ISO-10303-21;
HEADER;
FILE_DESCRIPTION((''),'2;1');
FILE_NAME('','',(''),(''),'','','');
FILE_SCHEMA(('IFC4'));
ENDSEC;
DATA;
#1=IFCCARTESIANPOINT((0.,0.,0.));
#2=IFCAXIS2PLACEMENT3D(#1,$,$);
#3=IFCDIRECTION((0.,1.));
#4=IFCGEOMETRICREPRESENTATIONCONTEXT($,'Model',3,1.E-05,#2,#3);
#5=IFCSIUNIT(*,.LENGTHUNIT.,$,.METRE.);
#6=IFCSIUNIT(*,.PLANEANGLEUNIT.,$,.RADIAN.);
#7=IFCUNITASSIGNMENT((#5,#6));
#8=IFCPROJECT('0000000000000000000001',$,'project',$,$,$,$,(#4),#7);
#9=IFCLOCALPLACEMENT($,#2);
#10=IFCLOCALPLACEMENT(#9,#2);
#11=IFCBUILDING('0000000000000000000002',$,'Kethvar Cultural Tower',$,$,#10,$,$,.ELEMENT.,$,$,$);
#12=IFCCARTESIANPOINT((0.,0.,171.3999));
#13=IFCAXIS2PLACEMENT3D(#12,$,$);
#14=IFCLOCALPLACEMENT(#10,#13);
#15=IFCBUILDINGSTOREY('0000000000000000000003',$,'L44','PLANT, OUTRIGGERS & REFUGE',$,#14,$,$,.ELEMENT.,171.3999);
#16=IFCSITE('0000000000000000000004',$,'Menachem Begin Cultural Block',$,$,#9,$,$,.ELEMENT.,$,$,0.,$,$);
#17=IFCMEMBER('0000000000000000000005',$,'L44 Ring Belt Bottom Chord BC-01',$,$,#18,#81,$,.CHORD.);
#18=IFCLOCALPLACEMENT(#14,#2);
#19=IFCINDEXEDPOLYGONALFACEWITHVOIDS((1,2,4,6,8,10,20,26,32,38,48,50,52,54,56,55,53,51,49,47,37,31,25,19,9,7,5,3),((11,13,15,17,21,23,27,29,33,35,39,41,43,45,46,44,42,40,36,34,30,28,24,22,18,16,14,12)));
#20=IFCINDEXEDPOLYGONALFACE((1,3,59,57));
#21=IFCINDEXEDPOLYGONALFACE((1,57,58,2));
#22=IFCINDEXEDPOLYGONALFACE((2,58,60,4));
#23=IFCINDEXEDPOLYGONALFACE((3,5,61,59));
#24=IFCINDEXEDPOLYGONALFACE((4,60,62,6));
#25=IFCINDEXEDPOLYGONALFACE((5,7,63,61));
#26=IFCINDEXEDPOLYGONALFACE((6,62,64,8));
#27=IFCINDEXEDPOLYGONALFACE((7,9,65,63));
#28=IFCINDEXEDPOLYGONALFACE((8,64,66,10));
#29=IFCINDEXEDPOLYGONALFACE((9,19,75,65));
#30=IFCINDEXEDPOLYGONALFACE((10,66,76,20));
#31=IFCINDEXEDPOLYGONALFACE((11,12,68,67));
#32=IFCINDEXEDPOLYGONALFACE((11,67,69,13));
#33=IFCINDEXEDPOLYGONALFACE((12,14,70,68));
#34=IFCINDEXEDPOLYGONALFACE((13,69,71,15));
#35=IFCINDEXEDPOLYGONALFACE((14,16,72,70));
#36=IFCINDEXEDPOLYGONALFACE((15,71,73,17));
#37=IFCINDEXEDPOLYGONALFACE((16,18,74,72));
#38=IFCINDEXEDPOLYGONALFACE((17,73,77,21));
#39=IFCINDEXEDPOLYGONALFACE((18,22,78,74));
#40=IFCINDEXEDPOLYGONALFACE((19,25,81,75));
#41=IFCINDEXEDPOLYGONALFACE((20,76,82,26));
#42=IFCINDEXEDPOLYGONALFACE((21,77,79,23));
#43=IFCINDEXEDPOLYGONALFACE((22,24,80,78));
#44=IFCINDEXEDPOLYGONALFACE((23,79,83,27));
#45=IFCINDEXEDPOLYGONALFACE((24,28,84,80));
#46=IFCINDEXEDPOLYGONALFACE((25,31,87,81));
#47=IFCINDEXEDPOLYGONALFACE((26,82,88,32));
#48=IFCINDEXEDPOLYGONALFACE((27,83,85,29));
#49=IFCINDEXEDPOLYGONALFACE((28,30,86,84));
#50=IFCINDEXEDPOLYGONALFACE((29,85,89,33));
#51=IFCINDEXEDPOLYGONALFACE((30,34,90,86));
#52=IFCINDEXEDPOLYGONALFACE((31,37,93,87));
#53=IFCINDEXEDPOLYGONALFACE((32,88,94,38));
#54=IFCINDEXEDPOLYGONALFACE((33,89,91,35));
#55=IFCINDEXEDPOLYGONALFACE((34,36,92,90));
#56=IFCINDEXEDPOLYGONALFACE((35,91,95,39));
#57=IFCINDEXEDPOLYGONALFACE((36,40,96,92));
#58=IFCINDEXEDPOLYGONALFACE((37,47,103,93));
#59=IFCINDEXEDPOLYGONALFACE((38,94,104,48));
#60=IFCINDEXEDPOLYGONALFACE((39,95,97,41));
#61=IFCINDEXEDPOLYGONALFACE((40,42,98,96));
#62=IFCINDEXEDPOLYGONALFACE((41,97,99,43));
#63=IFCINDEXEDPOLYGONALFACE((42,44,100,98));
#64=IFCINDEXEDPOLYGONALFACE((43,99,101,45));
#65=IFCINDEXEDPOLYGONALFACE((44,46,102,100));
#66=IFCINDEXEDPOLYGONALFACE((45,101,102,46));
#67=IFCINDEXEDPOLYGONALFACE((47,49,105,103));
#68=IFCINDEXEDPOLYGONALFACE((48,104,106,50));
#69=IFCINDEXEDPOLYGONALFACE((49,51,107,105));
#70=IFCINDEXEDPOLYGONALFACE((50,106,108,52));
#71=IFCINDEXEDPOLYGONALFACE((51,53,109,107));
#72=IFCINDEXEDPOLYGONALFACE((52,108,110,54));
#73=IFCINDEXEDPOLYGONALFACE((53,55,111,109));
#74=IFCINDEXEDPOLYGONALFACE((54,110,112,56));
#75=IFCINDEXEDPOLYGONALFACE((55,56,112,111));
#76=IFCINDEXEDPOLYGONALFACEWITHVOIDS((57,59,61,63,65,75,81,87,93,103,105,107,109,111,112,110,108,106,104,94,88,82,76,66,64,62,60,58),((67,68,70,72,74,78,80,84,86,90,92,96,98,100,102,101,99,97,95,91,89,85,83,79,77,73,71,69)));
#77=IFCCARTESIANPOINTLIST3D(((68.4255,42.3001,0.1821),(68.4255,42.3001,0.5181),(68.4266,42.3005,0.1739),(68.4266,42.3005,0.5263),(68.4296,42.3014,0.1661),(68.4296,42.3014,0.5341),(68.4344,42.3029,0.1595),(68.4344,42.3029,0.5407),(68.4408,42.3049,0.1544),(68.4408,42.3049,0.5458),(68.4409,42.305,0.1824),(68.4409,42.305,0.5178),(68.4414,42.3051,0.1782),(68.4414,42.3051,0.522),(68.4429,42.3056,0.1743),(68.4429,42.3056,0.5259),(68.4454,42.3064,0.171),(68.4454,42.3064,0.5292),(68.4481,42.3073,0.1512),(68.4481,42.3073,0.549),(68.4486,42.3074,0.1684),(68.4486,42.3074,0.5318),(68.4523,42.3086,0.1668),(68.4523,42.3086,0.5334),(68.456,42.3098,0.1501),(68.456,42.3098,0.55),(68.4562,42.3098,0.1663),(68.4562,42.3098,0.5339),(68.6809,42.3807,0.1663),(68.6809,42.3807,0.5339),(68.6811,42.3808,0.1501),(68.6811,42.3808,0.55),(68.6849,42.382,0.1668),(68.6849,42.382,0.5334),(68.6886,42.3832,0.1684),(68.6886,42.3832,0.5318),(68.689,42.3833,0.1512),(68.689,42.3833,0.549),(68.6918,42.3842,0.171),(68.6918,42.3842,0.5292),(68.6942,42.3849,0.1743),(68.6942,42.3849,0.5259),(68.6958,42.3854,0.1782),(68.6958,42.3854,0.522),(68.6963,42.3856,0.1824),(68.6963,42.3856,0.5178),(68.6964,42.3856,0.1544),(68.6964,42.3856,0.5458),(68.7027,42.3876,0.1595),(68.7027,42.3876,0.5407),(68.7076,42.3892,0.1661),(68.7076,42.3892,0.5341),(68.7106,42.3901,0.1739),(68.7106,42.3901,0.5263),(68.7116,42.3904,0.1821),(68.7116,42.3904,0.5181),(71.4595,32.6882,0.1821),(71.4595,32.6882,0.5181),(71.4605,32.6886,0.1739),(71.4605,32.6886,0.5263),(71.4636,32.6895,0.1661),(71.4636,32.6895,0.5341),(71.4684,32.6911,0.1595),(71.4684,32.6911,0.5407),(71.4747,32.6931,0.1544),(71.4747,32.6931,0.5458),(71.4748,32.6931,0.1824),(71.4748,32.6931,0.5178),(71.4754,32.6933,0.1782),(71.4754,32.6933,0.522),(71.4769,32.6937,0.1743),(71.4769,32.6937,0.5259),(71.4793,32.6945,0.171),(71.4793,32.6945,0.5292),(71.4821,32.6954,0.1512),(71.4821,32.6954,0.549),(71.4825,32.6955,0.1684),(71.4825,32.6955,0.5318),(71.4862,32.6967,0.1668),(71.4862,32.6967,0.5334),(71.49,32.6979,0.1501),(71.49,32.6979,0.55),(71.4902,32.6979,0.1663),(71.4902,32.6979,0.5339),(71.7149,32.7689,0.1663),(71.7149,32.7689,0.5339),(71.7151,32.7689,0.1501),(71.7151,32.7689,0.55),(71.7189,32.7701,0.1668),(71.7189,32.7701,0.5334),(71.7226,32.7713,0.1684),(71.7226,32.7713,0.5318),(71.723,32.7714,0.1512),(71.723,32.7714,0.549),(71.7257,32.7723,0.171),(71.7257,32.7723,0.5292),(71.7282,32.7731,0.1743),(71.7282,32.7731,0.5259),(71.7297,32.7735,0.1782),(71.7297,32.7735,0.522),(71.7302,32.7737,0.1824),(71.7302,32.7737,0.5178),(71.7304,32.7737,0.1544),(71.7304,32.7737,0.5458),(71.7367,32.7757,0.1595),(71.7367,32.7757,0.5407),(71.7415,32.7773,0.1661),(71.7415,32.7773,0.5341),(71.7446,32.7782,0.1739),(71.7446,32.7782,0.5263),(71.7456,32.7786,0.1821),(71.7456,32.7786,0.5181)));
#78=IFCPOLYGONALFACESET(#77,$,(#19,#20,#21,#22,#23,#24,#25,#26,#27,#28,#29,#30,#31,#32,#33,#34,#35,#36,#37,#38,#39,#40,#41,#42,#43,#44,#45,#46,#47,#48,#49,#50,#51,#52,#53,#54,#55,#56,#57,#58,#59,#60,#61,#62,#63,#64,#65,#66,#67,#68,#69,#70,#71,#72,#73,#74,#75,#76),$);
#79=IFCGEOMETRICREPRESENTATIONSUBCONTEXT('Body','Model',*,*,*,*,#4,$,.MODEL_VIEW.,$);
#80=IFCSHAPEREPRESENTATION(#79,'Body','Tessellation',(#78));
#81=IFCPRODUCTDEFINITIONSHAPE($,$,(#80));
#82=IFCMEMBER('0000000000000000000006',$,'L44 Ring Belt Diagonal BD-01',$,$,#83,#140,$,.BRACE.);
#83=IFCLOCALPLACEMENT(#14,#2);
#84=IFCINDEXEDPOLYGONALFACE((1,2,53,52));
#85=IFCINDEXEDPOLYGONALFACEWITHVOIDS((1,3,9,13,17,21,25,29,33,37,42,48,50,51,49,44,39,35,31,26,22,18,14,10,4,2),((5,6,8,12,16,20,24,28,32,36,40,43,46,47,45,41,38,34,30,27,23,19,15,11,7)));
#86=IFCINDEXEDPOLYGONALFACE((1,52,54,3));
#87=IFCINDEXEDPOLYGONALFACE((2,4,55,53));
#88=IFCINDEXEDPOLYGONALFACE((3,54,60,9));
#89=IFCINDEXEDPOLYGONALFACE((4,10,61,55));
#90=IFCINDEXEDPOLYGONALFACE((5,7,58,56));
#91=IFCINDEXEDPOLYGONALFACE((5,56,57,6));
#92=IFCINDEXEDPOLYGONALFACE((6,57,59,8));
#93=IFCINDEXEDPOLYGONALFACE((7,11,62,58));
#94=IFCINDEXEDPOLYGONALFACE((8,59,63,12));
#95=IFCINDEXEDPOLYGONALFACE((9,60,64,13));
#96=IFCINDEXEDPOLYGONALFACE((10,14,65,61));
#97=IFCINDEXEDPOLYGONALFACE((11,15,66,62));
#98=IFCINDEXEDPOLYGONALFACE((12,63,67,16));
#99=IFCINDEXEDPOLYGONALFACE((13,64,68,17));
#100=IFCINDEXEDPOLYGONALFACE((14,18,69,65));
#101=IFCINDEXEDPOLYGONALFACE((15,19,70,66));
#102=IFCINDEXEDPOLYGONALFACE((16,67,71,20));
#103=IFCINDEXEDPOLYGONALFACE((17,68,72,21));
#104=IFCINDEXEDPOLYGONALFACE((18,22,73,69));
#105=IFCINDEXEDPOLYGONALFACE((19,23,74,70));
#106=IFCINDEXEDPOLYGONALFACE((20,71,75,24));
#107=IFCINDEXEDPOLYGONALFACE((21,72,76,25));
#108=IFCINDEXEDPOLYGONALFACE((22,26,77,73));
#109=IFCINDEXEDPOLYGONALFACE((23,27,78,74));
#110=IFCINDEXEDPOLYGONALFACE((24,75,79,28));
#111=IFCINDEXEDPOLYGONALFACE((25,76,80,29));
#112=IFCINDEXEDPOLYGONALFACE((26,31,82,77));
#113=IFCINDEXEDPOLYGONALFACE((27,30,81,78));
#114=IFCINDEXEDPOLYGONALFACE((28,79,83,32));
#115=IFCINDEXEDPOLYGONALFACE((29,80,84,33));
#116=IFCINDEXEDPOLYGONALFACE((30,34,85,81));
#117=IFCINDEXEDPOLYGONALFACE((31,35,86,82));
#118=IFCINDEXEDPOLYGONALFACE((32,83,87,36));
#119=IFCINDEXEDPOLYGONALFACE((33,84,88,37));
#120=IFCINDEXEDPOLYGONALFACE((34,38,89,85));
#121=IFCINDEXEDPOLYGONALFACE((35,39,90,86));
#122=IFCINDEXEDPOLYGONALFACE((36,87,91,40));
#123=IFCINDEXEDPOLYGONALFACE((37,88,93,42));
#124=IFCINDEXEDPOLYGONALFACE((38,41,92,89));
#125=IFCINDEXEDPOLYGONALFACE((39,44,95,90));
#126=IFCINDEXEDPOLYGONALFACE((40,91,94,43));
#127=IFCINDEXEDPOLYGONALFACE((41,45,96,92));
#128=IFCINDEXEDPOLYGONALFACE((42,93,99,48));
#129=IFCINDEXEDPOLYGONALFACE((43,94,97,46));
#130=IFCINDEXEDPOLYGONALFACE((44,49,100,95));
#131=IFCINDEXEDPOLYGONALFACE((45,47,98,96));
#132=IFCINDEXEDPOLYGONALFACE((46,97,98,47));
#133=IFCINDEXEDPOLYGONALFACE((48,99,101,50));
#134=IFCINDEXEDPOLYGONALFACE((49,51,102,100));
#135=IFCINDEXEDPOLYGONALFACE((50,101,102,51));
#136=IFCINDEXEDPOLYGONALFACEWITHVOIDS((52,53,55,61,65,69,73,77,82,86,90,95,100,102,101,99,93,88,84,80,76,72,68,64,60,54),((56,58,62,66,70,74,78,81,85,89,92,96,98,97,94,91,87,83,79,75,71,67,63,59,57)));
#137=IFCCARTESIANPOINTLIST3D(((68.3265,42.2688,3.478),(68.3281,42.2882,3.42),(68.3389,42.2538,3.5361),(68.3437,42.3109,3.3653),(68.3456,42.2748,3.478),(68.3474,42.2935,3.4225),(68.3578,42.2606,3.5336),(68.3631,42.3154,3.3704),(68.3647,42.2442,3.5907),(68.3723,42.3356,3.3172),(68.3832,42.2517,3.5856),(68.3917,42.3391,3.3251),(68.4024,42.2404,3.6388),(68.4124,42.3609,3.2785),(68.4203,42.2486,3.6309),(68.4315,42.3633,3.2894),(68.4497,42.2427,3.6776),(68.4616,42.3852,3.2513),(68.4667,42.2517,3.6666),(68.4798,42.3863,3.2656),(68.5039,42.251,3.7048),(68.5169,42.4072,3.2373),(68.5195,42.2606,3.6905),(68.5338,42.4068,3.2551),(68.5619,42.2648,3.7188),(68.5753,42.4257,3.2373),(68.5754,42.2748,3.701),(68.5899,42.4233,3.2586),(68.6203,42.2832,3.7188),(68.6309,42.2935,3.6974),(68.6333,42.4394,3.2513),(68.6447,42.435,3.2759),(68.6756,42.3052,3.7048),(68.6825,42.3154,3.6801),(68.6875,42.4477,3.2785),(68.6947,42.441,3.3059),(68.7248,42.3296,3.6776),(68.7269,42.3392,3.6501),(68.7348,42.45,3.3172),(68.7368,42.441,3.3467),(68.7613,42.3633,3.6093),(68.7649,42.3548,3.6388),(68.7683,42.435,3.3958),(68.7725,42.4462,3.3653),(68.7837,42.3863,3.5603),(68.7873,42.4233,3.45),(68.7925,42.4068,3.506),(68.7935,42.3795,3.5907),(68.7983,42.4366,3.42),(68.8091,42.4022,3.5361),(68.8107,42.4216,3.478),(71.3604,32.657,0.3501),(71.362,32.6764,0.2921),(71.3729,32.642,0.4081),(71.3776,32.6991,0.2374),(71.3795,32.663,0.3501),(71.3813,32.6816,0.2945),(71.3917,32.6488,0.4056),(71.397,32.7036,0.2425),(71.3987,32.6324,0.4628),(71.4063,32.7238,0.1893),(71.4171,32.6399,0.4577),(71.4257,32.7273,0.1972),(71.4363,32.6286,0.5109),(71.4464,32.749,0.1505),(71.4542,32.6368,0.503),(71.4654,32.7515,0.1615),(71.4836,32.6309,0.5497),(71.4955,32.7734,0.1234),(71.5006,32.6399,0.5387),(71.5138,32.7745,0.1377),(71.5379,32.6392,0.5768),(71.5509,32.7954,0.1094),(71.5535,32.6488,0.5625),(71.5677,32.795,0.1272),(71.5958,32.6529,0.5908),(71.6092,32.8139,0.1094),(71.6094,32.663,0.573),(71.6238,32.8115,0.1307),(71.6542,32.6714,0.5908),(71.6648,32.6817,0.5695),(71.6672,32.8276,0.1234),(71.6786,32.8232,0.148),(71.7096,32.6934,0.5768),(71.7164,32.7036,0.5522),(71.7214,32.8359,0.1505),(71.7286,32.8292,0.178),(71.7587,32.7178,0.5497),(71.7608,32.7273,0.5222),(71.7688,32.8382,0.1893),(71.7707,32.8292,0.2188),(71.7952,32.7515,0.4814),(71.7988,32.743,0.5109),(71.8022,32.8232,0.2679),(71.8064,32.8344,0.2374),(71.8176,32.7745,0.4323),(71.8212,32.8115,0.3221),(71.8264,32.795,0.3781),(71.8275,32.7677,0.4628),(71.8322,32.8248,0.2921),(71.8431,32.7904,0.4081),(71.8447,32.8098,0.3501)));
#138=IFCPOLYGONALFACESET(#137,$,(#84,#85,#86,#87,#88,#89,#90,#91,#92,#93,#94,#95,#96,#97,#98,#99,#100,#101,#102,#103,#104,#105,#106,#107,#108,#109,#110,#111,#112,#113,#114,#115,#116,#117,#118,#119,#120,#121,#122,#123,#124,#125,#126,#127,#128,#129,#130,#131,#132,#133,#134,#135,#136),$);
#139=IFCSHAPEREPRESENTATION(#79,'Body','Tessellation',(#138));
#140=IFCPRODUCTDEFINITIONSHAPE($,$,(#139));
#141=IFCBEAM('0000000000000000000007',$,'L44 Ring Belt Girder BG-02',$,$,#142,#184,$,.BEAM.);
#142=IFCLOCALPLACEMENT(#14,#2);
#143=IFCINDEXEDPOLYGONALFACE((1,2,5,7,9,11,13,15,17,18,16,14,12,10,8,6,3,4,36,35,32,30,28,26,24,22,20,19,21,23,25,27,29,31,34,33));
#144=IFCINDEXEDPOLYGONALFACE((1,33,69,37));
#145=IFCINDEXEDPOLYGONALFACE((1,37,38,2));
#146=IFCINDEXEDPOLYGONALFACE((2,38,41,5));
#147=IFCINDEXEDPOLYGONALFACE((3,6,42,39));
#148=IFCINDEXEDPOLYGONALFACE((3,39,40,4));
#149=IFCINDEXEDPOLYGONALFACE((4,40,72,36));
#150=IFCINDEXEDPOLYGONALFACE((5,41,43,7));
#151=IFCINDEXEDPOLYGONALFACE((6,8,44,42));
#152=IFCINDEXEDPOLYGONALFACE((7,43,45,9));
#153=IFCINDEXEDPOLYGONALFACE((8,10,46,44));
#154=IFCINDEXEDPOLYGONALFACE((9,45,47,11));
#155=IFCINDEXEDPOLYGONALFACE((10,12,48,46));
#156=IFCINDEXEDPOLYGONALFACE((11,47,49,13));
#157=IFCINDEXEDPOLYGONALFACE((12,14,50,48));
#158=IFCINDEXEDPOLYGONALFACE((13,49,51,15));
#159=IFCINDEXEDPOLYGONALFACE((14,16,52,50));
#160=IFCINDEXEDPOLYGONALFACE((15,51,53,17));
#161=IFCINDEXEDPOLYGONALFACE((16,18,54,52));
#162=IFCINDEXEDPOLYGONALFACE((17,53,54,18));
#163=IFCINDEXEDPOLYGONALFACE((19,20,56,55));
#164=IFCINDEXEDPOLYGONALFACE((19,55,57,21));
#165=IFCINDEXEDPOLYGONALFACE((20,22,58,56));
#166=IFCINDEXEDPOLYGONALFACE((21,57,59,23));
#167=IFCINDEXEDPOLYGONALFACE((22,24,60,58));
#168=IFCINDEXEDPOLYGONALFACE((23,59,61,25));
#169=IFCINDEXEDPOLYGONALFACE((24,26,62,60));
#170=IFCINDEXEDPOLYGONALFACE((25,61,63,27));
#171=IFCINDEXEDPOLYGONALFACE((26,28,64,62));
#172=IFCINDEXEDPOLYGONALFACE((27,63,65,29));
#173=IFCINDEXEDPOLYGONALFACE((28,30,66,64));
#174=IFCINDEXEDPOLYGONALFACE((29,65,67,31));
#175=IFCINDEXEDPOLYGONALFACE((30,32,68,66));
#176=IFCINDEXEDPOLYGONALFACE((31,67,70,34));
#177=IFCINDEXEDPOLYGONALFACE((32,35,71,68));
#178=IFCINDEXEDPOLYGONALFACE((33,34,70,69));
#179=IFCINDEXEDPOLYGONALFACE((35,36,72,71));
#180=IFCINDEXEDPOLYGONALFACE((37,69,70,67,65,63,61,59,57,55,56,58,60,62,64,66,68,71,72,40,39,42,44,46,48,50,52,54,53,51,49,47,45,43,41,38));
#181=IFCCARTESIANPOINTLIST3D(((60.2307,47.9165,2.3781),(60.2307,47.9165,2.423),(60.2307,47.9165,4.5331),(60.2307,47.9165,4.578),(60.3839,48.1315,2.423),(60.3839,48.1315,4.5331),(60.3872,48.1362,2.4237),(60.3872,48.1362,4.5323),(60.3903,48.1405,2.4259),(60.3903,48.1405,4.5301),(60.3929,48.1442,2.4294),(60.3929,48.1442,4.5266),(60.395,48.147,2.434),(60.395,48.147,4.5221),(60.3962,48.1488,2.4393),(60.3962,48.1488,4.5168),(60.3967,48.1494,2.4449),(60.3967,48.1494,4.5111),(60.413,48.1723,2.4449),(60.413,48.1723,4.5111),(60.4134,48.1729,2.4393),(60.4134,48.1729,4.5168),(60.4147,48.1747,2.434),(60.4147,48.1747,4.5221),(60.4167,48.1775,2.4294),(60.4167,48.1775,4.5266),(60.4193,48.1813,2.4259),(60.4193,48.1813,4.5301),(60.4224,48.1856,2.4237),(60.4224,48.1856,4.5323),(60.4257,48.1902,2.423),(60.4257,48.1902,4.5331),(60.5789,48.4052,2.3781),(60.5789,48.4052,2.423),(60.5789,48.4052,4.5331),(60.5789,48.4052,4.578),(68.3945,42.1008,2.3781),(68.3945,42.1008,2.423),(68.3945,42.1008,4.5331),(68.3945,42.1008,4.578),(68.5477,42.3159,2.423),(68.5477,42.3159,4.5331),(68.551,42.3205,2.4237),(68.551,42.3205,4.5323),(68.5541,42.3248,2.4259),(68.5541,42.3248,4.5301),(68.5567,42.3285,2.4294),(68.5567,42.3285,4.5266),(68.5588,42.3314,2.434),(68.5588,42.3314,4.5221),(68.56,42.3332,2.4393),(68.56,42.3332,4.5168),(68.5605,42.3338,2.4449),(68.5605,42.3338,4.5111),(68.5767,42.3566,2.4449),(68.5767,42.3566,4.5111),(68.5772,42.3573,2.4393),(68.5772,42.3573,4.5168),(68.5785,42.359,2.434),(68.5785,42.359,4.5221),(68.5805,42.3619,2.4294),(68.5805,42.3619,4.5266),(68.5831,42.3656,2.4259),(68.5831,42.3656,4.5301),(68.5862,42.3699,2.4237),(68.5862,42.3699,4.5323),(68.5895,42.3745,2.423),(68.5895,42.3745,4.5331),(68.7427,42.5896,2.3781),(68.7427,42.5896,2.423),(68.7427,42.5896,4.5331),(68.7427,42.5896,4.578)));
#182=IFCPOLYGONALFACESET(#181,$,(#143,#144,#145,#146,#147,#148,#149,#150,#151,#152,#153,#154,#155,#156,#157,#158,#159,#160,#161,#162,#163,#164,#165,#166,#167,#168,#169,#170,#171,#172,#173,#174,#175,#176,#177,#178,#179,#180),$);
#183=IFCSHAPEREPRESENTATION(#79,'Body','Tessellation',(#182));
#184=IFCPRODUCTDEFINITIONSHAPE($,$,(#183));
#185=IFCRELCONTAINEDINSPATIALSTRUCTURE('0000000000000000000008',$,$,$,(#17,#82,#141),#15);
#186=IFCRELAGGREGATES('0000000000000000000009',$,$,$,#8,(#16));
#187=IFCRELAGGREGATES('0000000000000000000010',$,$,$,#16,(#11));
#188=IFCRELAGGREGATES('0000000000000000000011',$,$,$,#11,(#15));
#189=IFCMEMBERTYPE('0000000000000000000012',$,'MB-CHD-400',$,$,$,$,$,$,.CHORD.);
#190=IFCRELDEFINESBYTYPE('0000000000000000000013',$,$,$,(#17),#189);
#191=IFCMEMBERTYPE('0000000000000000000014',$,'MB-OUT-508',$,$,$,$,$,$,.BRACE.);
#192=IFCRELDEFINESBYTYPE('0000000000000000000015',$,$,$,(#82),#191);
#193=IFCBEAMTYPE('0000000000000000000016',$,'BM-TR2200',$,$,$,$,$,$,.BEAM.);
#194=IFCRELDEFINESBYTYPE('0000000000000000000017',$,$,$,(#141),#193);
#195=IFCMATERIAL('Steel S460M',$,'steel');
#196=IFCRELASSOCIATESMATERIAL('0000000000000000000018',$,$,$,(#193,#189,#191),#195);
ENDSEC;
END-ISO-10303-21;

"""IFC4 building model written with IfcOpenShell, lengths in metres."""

from ifc_helpers import new_model, si_unit, direction, frame, origin, origin_2d, place, context, subcontext, project, spatial, hollow_rectangle, hollow_circle, i_section, extrude, source, transform, mapped, material, material_profile, profile_set, type_object, element, save


model = new_model("IFC4")

# Units and contexts
model_context = context("Model", 3, precision=1e-05, world=origin(), true_north=direction((0.0, 1.0)))
body_context = subcontext(model_context, "Body", "Model", "MODEL_VIEW")
ifc_project = project(units=[si_unit("LENGTHUNIT", "METRE"), si_unit("PLANEANGLEUNIT", "RADIAN")], contexts=[model_context])

# Site, building, storey
site_placement = place(None, origin())
site = spatial("IfcSite", under=ifc_project, at=site_placement, Name="Menachem Begin Cultural Block", CompositionType="ELEMENT", RefElevation=0.0)
building_placement = place(site_placement, origin())
building = spatial("IfcBuilding", under=site, at=building_placement, Name="Kethvar Cultural Tower", CompositionType="ELEMENT")
storey_placement = place(building_placement, frame((0.0, 0.0, 171.3999)))
storey = spatial("IfcBuildingStorey", under=building, at=storey_placement, Name="L44", Description="PLANT, OUTRIGGERS & REFUGE", CompositionType="ELEMENT", Elevation=171.3999)

# Shared definitions
ifc_material_1 = material(Name="Steel S460M", Category="steel")

# Shared definitions
ifc_material_profile_1 = material_profile(ifc_material_1, i_section(OverallWidth=0.6001, OverallDepth=2.2, WebThickness=0.0281, FlangeThickness=0.0449, FilletRadius=0.022, at=origin_2d()), Name="Steel S460M — PG2200x600x45x28")
ifc_profile_set_1 = profile_set([ifc_material_profile_1], Name="Steel S460M — PG2200x600x45x28")
beam_type = type_object("IfcBeamType", Name="BM-TR2200", PredefinedType="BEAM", material=ifc_profile_set_1)

# Members
ifc_material_profile_2 = material_profile(ifc_material_1, hollow_rectangle(XDim=0.3, YDim=0.3999, WallThickness=0.0161, InnerFilletRadius=0.0161, OuterFilletRadius=0.032, at=origin_2d()), Name="Steel S460M — RHS400x300x16")
ifc_profile_set_2 = profile_set([ifc_material_profile_2], Name="Steel S460M — RHS400x300x16")
member_type_1 = type_object("IfcMemberType", Name="MB-CHD-400", PredefinedType="CHORD", material=ifc_profile_set_2)
shared_shape_1 = source(origin(), body_context, "Body", "SweptSolid", [
    extrude(hollow_rectangle(XDim=0.3, YDim=0.3999, WallThickness=0.0161, InnerFilletRadius=0.0161, OuterFilletRadius=0.032, at=origin_2d()), origin(), (0.0, 0.0, 1.0), 10.0793),
])
member_1_placement = place(storey_placement, frame((71.6025, 32.7334, 0.3501), z_axis=(-0.301007, 0.953622, 0.0), x_axis=(-0.953622, -0.301007, 0.0)))
element("IfcMember", 1, at=member_1_placement, inside=storey, type_object=member_type_1, Name="L44 Ring Belt Bottom Chord BC-01", PredefinedType="CHORD", context=body_context, shape_type="MappedRepresentation", body=[
    mapped(shared_shape_1, transform((0.0, 0.0, 0.0), scale=1.0)),
])
ifc_material_profile_3 = material_profile(ifc_material_1, hollow_circle(Radius=0.2539, WallThickness=0.02, at=origin_2d()), Name="Steel S460M — CHS508x20")
ifc_profile_set_3 = profile_set([ifc_material_profile_3], Name="Steel S460M — CHS508x20")
member_type_2 = type_object("IfcMemberType", Name="MB-OUT-508", PredefinedType="BRACE", material=ifc_profile_set_3)
shared_shape_2 = source(origin(), body_context, "Body", "SweptSolid", [
    extrude(hollow_circle(Radius=0.2539, WallThickness=0.02, at=origin_2d()), origin(), (0.0, 0.0, 1.0), 10.5535),
])
member_2_placement = place(storey_placement, frame((71.6025, 32.7334, 0.3501), z_axis=(-0.287482, 0.910773, 0.296389), x_axis=(-0.953622, -0.301007, 0.0)))
element("IfcMember", 2, at=member_2_placement, inside=storey, type_object=member_type_2, Name="L44 Ring Belt Diagonal BD-01", PredefinedType="BRACE", context=body_context, shape_type="MappedRepresentation", body=[
    mapped(shared_shape_2, transform((0.0, 0.0, 0.0), scale=1.0)),
])

# Beam
shared_shape_3 = source(origin(), body_context, "Body", "SweptSolid", [
    extrude(i_section(OverallWidth=0.6001, OverallDepth=2.2, WebThickness=0.0281, FlangeThickness=0.0449, FilletRadius=0.022, at=origin_2d()), origin(), (0.0, 0.0, 1.0), 10.0234),
])
beam_1_placement = place(storey_placement, frame((68.5686, 42.3452, 3.478), z_axis=(-0.81447, 0.580206, 0.0), x_axis=(-0.580206, -0.81447, 0.0)))
element("IfcBeam", 3, at=beam_1_placement, inside=storey, type_object=beam_type, Name="L44 Ring Belt Girder BG-02", PredefinedType="BEAM", context=body_context, shape_type="MappedRepresentation", body=[
    mapped(shared_shape_3, transform((0.0, 0.0, 0.0), scale=1.0)),
])

save(model, "model.ifc")
